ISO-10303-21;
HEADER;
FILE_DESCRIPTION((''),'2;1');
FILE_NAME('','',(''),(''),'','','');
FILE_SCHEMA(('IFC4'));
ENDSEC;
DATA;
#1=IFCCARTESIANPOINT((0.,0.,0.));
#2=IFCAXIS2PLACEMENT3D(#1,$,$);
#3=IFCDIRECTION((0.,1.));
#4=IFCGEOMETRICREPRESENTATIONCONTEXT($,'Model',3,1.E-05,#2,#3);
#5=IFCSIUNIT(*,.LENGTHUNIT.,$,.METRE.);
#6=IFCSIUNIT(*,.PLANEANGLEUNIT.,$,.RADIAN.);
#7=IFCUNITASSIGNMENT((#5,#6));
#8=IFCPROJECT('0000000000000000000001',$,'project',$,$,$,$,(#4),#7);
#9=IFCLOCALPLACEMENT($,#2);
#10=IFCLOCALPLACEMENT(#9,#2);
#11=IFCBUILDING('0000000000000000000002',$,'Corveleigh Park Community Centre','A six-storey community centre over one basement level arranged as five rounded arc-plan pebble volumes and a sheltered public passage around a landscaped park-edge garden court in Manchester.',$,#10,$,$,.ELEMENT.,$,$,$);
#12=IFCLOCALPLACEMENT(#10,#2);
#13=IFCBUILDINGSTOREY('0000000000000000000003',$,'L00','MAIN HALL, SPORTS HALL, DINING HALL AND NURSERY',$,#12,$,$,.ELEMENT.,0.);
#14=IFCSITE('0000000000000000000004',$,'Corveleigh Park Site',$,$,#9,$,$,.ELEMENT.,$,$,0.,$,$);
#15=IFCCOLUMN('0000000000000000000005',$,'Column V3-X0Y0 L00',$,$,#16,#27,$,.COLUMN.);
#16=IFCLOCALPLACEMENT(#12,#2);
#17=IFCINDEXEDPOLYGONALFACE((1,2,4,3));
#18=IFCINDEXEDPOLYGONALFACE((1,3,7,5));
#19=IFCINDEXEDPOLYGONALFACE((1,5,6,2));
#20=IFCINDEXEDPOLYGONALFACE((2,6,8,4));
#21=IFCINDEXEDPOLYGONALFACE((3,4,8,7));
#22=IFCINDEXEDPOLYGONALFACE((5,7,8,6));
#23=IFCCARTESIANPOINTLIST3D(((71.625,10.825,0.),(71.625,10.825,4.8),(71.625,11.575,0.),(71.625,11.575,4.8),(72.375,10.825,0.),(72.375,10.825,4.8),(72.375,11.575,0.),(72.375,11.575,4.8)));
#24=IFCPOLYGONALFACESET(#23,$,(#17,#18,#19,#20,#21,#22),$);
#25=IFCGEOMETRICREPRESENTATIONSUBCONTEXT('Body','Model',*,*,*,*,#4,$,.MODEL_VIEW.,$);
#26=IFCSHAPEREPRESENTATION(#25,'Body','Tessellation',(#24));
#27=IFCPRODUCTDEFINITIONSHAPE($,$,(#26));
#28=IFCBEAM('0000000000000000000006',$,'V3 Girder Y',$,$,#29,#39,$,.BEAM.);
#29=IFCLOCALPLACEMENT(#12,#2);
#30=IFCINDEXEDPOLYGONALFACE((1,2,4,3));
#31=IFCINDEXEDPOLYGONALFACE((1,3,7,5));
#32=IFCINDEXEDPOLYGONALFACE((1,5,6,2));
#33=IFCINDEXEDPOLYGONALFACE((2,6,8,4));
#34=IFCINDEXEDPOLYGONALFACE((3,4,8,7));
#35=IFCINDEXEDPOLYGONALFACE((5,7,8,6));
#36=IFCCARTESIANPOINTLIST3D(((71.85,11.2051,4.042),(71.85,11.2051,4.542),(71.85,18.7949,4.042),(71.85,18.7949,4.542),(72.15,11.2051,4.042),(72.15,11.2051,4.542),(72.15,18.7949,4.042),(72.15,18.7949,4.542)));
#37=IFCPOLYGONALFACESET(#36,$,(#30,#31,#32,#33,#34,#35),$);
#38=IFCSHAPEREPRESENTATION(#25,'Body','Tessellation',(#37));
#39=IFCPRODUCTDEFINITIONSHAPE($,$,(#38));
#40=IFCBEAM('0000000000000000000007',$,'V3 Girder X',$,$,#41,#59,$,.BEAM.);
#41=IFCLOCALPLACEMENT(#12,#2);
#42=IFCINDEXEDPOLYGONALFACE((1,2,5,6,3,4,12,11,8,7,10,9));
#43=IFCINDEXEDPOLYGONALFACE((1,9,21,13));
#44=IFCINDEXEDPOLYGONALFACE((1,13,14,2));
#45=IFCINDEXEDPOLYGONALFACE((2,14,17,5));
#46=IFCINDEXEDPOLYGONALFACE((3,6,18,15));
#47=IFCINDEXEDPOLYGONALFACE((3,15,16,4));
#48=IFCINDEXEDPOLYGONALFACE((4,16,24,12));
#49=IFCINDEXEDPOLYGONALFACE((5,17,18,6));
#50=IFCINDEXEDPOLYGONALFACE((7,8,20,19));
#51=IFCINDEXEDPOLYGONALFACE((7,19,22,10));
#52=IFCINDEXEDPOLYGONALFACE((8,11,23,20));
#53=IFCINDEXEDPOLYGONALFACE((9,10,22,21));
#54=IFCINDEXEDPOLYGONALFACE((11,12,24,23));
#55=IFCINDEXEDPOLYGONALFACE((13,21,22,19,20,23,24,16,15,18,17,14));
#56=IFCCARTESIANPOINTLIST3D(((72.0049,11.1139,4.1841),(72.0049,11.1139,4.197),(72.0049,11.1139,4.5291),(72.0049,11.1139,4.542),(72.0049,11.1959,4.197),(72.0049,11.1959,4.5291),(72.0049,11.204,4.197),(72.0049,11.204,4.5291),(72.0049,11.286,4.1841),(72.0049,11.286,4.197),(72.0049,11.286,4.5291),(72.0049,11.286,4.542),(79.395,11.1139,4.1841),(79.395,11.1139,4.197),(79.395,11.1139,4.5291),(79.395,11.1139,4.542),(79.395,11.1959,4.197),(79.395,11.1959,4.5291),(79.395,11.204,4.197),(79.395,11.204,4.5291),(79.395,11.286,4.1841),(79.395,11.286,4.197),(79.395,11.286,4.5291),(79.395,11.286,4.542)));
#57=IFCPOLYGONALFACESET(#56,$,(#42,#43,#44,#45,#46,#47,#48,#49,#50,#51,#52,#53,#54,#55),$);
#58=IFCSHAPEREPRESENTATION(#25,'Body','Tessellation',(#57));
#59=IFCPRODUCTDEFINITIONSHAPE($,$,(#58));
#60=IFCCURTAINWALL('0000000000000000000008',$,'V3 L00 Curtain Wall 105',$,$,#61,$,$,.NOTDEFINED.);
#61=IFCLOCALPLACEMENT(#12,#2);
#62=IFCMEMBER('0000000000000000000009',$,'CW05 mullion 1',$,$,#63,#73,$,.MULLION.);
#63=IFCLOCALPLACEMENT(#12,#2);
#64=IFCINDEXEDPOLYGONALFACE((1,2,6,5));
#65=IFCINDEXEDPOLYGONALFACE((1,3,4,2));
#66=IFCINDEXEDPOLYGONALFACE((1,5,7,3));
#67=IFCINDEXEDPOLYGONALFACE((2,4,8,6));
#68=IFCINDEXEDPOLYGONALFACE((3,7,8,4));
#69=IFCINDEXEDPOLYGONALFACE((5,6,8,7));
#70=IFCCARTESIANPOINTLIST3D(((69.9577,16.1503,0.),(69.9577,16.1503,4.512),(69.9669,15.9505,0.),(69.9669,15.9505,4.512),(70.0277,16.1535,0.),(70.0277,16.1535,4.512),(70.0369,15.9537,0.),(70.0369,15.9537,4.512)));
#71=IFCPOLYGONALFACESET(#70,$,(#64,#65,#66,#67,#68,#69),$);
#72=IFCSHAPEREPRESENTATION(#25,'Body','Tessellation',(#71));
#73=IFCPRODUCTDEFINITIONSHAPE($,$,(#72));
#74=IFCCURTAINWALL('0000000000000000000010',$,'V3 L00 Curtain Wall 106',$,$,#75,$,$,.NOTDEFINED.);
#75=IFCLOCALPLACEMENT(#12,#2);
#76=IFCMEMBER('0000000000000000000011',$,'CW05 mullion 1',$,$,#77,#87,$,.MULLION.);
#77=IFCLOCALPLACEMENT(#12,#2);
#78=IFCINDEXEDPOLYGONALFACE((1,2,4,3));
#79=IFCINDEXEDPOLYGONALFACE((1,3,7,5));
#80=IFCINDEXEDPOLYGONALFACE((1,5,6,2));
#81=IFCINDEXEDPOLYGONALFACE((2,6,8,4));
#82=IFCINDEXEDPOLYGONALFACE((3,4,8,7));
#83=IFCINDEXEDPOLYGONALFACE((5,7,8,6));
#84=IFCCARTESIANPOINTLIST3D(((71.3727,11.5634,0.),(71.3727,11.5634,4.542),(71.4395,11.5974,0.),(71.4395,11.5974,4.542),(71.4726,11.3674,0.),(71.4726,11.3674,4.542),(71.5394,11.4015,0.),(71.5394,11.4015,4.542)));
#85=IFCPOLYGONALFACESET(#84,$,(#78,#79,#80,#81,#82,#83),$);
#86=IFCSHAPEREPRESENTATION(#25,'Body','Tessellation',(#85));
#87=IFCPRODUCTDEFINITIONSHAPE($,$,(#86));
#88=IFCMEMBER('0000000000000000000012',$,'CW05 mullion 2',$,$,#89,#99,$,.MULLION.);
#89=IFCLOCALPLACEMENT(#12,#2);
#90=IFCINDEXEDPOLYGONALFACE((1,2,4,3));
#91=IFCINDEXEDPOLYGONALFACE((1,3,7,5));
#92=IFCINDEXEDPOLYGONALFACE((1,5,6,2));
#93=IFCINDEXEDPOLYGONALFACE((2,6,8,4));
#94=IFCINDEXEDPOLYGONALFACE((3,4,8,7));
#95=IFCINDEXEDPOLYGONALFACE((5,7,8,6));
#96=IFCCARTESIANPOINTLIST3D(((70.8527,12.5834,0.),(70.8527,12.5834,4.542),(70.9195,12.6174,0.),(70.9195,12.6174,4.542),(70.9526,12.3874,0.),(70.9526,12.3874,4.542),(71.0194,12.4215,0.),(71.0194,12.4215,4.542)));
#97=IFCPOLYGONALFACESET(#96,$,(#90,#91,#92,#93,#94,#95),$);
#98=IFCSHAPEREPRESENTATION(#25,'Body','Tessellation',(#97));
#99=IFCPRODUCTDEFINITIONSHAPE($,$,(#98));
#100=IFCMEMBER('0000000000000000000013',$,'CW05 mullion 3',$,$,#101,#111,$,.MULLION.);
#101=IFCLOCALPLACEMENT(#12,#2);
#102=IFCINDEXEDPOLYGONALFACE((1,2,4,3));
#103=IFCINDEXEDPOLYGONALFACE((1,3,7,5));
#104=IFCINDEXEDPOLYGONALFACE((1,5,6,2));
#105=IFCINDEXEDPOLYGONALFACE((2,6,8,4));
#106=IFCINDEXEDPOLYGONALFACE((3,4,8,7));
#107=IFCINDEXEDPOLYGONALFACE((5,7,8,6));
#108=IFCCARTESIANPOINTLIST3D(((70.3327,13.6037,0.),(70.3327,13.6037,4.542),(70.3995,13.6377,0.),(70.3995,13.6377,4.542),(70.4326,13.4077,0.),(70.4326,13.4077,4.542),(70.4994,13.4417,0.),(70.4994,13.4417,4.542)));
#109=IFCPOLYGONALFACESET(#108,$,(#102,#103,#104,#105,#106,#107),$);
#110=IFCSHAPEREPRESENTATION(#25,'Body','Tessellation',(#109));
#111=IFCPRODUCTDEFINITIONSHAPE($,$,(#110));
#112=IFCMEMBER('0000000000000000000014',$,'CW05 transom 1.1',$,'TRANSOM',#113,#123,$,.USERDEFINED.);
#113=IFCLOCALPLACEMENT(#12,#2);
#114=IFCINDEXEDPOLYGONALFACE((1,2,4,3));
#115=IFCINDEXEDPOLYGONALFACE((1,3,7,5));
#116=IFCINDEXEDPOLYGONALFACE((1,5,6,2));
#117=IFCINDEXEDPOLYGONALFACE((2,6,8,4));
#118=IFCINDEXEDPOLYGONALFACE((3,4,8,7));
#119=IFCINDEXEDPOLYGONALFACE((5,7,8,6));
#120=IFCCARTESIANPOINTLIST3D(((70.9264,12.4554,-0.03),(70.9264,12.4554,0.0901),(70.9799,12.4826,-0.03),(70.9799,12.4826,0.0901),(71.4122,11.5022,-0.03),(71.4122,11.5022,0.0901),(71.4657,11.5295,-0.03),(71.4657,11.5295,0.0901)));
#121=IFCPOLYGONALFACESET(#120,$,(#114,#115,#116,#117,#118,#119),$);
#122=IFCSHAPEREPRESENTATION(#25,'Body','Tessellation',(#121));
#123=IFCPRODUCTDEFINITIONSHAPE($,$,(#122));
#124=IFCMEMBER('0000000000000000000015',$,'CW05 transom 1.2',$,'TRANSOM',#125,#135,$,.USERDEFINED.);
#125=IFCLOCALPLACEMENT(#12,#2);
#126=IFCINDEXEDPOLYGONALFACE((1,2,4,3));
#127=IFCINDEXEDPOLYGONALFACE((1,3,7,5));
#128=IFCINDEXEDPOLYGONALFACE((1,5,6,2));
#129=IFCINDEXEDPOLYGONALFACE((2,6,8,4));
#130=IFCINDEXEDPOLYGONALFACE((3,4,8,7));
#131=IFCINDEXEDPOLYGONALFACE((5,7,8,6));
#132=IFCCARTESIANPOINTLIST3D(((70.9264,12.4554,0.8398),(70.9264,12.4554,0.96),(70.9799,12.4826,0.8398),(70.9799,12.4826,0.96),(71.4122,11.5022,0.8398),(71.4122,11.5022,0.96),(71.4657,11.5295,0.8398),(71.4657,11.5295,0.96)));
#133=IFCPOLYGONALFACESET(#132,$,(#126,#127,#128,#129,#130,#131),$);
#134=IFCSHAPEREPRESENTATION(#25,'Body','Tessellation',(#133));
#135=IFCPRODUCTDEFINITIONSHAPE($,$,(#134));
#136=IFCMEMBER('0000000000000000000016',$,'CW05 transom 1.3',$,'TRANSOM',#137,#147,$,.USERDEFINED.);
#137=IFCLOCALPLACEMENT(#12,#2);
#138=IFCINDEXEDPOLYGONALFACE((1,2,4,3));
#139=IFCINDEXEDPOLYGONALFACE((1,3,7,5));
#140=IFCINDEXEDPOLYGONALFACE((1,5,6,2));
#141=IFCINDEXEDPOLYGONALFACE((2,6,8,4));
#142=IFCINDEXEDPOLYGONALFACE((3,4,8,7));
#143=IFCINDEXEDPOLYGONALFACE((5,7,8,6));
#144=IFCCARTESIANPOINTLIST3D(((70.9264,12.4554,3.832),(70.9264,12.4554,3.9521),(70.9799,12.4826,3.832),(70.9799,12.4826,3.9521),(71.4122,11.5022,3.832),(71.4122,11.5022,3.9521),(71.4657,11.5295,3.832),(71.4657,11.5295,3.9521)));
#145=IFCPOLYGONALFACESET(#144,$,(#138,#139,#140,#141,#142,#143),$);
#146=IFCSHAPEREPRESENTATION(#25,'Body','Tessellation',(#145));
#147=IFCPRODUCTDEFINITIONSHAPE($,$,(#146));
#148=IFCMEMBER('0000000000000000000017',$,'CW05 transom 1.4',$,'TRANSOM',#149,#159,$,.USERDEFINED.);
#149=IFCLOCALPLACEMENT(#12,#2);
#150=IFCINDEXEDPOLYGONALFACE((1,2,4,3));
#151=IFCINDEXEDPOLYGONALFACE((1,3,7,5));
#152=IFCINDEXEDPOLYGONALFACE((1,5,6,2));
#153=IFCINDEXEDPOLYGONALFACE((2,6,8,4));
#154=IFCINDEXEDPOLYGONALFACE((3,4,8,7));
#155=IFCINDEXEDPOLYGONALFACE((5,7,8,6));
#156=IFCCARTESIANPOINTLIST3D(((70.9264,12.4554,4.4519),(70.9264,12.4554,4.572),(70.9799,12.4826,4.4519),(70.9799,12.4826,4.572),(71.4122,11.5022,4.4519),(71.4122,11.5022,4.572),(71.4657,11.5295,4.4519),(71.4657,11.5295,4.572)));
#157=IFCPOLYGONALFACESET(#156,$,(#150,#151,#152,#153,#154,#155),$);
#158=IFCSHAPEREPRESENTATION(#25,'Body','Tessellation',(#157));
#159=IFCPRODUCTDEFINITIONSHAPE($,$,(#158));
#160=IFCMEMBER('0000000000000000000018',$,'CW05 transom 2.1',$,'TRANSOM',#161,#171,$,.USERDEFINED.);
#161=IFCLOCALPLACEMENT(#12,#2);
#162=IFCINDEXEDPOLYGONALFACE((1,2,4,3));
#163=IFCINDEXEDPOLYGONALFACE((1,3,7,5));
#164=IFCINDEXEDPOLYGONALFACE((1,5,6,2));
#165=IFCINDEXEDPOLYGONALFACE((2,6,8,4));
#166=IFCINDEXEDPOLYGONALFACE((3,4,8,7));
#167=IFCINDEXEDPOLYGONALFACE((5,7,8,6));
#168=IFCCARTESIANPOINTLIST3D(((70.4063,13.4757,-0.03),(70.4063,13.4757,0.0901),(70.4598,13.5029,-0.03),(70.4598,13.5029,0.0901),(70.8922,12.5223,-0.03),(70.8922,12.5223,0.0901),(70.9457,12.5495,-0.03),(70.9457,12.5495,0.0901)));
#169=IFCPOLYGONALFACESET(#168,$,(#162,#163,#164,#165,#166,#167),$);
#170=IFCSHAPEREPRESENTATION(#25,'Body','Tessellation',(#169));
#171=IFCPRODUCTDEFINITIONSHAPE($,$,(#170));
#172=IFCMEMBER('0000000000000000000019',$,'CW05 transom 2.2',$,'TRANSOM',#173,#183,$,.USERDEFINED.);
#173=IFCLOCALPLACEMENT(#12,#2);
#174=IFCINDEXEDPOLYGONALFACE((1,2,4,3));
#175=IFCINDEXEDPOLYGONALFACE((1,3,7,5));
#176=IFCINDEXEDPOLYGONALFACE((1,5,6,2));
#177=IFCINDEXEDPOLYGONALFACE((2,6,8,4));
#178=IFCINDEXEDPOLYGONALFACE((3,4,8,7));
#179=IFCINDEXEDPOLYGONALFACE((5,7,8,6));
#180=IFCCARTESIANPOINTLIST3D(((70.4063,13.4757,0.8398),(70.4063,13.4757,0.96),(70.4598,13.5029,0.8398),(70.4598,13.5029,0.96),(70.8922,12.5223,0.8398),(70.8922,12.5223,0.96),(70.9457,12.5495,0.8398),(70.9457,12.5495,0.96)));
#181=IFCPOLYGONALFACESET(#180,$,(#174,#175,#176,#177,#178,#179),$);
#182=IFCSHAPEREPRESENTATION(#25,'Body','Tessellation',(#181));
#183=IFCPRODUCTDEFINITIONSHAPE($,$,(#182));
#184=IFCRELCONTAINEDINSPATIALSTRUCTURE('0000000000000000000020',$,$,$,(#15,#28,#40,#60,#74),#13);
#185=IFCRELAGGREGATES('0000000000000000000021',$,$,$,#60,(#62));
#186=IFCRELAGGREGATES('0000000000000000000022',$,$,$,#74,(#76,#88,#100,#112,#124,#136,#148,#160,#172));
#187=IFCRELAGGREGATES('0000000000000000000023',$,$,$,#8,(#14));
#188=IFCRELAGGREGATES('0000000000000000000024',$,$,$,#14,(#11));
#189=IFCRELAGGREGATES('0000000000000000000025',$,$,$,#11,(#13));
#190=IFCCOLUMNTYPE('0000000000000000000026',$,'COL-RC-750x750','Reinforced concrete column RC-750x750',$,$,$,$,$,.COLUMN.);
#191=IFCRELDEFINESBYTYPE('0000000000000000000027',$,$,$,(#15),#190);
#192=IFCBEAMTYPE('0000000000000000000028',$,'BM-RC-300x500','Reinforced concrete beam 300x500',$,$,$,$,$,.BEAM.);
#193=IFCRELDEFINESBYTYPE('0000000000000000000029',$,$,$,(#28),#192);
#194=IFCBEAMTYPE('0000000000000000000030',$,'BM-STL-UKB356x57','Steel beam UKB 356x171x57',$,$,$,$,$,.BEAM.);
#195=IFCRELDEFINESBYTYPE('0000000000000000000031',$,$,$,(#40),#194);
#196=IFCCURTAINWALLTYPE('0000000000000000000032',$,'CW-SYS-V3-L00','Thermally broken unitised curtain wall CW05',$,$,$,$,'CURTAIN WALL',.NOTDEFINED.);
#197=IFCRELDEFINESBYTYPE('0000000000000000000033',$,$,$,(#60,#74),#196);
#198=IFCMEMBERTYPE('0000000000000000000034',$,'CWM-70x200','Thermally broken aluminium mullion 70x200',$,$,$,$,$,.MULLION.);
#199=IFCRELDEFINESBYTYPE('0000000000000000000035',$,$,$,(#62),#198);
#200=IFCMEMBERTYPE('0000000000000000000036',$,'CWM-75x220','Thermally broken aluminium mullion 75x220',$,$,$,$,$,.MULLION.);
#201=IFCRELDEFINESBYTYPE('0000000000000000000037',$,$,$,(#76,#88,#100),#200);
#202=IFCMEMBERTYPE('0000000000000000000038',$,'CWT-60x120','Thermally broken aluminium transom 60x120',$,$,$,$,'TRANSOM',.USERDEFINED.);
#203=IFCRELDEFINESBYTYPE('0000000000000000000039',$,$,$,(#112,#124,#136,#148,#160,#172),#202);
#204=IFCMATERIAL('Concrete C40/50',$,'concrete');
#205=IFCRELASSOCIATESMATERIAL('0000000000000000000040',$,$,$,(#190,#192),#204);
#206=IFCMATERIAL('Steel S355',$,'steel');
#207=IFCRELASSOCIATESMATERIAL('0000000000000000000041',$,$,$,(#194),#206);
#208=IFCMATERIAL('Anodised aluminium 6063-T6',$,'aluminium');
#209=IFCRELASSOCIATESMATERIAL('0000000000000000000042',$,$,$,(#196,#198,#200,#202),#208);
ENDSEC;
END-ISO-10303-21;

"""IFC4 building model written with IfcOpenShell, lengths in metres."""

from ifc_helpers import new_model, si_unit, direction, frame, origin, origin_2d, place, context, subcontext, project, spatial, rectangle, i_section, extrude, material, material_profile, profile_set, type_object, element, aggregate, save


model = new_model("IFC4")

# Units and contexts
model_context = context("Model", 3, precision=1e-05, world=origin(), true_north=direction((0.0, 1.0)))
body_context = subcontext(model_context, "Body", "Model", "MODEL_VIEW")
ifc_project = project(units=[si_unit("LENGTHUNIT", "METRE"), si_unit("PLANEANGLEUNIT", "RADIAN")], contexts=[model_context])

# Site, building, storey
site_placement = place(None, origin())
site = spatial("IfcSite", under=ifc_project, at=site_placement, Name="Corveleigh Park Site", CompositionType="ELEMENT", RefElevation=0.0)
building_placement = place(site_placement, origin())
building = spatial("IfcBuilding", under=site, at=building_placement, Name="Corveleigh Park Community Centre", Description="A six-storey community centre over one basement level arranged as five rounded arc-plan pebble volumes and a sheltered public passage around a landscaped park-edge garden court in Manchester.", CompositionType="ELEMENT")
storey_placement = place(building_placement, origin())
storey = spatial("IfcBuildingStorey", under=building, at=storey_placement, Name="L00", Description="MAIN HALL, SPORTS HALL, DINING HALL AND NURSERY", CompositionType="ELEMENT", Elevation=0.0)

# Column
ifc_material_1 = material(Name="Concrete C40/50", Category="concrete")
ifc_material_profile_1 = material_profile(ifc_material_1, rectangle(XDim=0.75, YDim=0.75, at=origin_2d()), Name="RC-750x750", Category="concrete")
ifc_profile_set_1 = profile_set([ifc_material_profile_1], Name="Concrete C40/50")
column_type = type_object("IfcColumnType", Name="COL-RC-750x750", Description="Reinforced concrete column RC-750x750", PredefinedType="COLUMN", material=ifc_profile_set_1)
column_placement = place(storey_placement, frame((72.0, 11.2, 0.0), z_axis=(0.0, 0.0, 1.0), x_axis=(1.0, 0.0, 0.0)))
element("IfcColumn", 1, at=column_placement, inside=storey, type_object=column_type, Name="Column V3-X0Y0 L00", PredefinedType="COLUMN", context=body_context, shape_type="SweptSolid", body=[
    extrude(rectangle(XDim=0.75, YDim=0.75, at=origin_2d()), origin(), (0.0, 0.0, 1.0), 4.8),
])

# Beams
ifc_material_profile_2 = material_profile(ifc_material_1, rectangle(XDim=0.3, YDim=0.5, at=origin_2d()), Name="RC-300x500", Category="concrete")
ifc_profile_set_2 = profile_set([ifc_material_profile_2], Name="Concrete C40/50")
beam_type_1 = type_object("IfcBeamType", Name="BM-RC-300x500", Description="Reinforced concrete beam 300x500", PredefinedType="BEAM", material=ifc_profile_set_2)
beam_1_placement = place(storey_placement, frame((72.0, 11.2051, 4.292), z_axis=(0.0, 1.0, 0.0), x_axis=(-1.0, 0.0, 0.0)))
element("IfcBeam", 2, at=beam_1_placement, inside=storey, type_object=beam_type_1, Name="V3 Girder Y", PredefinedType="BEAM", context=body_context, shape_type="SweptSolid", body=[
    extrude(rectangle(XDim=0.3, YDim=0.5, at=origin_2d()), origin(), (0.0, 0.0, 1.0), 7.5898),
])
ifc_material_2 = material(Name="Steel S355", Category="steel")
ifc_material_profile_3 = material_profile(ifc_material_2, i_section(OverallWidth=0.1721, OverallDepth=0.3579, WebThickness=0.0081, FlangeThickness=0.0129, at=origin_2d()), Name="UKB 356x171x57", Category="steel")
ifc_profile_set_3 = profile_set([ifc_material_profile_3], Name="Steel S355")
beam_type_2 = type_object("IfcBeamType", Name="BM-STL-UKB356x57", Description="Steel beam UKB 356x171x57", PredefinedType="BEAM", material=ifc_profile_set_3)
beam_2_placement = place(storey_placement, frame((72.0049, 11.2, 4.363), z_axis=(1.0, 0.0, 0.0), x_axis=(0.0, 1.0, 0.0)))
element("IfcBeam", 3, at=beam_2_placement, inside=storey, type_object=beam_type_2, Name="V3 Girder X", PredefinedType="BEAM", context=body_context, shape_type="SweptSolid", body=[
    extrude(i_section(OverallWidth=0.1721, OverallDepth=0.3579, WebThickness=0.0081, FlangeThickness=0.0129, at=origin_2d()), origin(), (0.0, 0.0, 1.0), 7.3901),
])

# Curtain wall, member
ifc_material_3 = material(Name="Anodised aluminium 6063-T6", Category="aluminium")
curtain_wall_type = type_object("IfcCurtainWallType", Name="CW-SYS-V3-L00", Description="Thermally broken unitised curtain wall CW05", ElementType="CURTAIN WALL", PredefinedType="NOTDEFINED", material=ifc_material_3)
curtain_wall_1_placement = place(storey_placement, origin())
curtain_wall_1 = element("IfcCurtainWall", 4, at=curtain_wall_1_placement, inside=storey, type_object=curtain_wall_type, Name="V3 L00 Curtain Wall 105", PredefinedType="NOTDEFINED")
ifc_material_profile_4 = material_profile(ifc_material_3, rectangle(XDim=0.0701, YDim=0.2, at=origin_2d()), Name="ALU-M70x200", Category="aluminium")
ifc_profile_set_4 = profile_set([ifc_material_profile_4], Name="Anodised aluminium 6063-T6")
member_type_1 = type_object("IfcMemberType", Name="CWM-70x200", Description="Thermally broken aluminium mullion 70x200", PredefinedType="MULLION", material=ifc_profile_set_4)
member_1_placement = place(storey_placement, frame((69.9973, 16.052, 0.0), z_axis=(0.0, 0.0, 1.0), x_axis=(-0.998943, -0.045971, 0.0)))
member_1 = element("IfcMember", 5, at=member_1_placement, type_object=member_type_1, Name="CW05 mullion 1", PredefinedType="MULLION", context=body_context, shape_type="SweptSolid", body=[
    extrude(rectangle(XDim=0.0701, YDim=0.2, at=origin_2d()), origin(), (0.0, 0.0, 1.0), 4.512),
])

# Curtain wall, members
curtain_wall_2_placement = place(storey_placement, origin())
curtain_wall_2 = element("IfcCurtainWall", 6, at=curtain_wall_2_placement, inside=storey, type_object=curtain_wall_type, Name="V3 L00 Curtain Wall 106", PredefinedType="NOTDEFINED")
ifc_material_profile_5 = material_profile(ifc_material_3, rectangle(XDim=0.075, YDim=0.22, at=origin_2d()), Name="ALU-M75x220", Category="aluminium")
ifc_profile_set_5 = profile_set([ifc_material_profile_5], Name="Anodised aluminium 6063-T6")
member_type_2 = type_object("IfcMemberType", Name="CWM-75x220", Description="Thermally broken aluminium mullion 75x220", PredefinedType="MULLION", material=ifc_profile_set_5)
member_2_placement = place(storey_placement, frame((71.4561, 11.4824, 0.0), z_axis=(0.0, 0.0, 1.0), x_axis=(-0.890933, -0.454135, 0.0)))
member_2 = element("IfcMember", 7, at=member_2_placement, type_object=member_type_2, Name="CW05 mullion 1", PredefinedType="MULLION", context=body_context, shape_type="SweptSolid", body=[
    extrude(rectangle(XDim=0.075, YDim=0.22, at=origin_2d()), origin(), (0.0, 0.0, 1.0), 4.542),
])
member_3_placement = place(storey_placement, frame((70.936, 12.5024, 0.0), z_axis=(0.0, 0.0, 1.0), x_axis=(-0.890933, -0.454135, 0.0)))
member_3 = element("IfcMember", 8, at=member_3_placement, type_object=member_type_2, Name="CW05 mullion 2", PredefinedType="MULLION", context=body_context, shape_type="SweptSolid", body=[
    extrude(rectangle(XDim=0.075, YDim=0.22, at=origin_2d()), origin(), (0.0, 0.0, 1.0), 4.542),
])
member_4_placement = place(storey_placement, frame((70.416, 13.5227, 0.0), z_axis=(0.0, 0.0, 1.0), x_axis=(-0.890933, -0.454135, 0.0)))
member_4 = element("IfcMember", 9, at=member_4_placement, type_object=member_type_2, Name="CW05 mullion 3", PredefinedType="MULLION", context=body_context, shape_type="SweptSolid", body=[
    extrude(rectangle(XDim=0.075, YDim=0.22, at=origin_2d()), origin(), (0.0, 0.0, 1.0), 4.542),
])
ifc_material_profile_6 = material_profile(ifc_material_3, rectangle(XDim=0.0601, YDim=0.1201, at=origin_2d()), Name="ALU-T60x120", Category="aluminium")
ifc_profile_set_6 = profile_set([ifc_material_profile_6], Name="Anodised aluminium 6063-T6")
member_type_3 = type_object("IfcMemberType", Name="CWT-60x120", Description="Thermally broken aluminium transom 60x120", ElementType="TRANSOM", PredefinedType="USERDEFINED", material=ifc_profile_set_6)
member_5_placement = place(storey_placement, frame((71.439, 11.5159, 0.03), z_axis=(-0.454138, 0.890931, 0.0), x_axis=(-0.890931, -0.454138, 0.0)))
member_5 = element("IfcMember", 10, at=member_5_placement, type_object=member_type_3, Name="CW05 transom 1.1", ObjectType="TRANSOM", PredefinedType="USERDEFINED", context=body_context, shape_type="SweptSolid", body=[
    extrude(rectangle(XDim=0.0601, YDim=0.1201, at=origin_2d()), origin(), (0.0, 0.0, 1.0), 1.0698),
])
member_6_placement = place(storey_placement, frame((71.439, 11.5159, 0.8999), z_axis=(-0.454138, 0.890931, 0.0), x_axis=(-0.890931, -0.454138, 0.0)))
member_6 = element("IfcMember", 11, at=member_6_placement, type_object=member_type_3, Name="CW05 transom 1.2", ObjectType="TRANSOM", PredefinedType="USERDEFINED", context=body_context, shape_type="SweptSolid", body=[
    extrude(rectangle(XDim=0.0601, YDim=0.1201, at=origin_2d()), origin(), (0.0, 0.0, 1.0), 1.0698),
])
member_7_placement = place(storey_placement, frame((71.439, 11.5159, 3.8921), z_axis=(-0.454138, 0.890931, 0.0), x_axis=(-0.890931, -0.454138, 0.0)))
member_7 = element("IfcMember", 12, at=member_7_placement, type_object=member_type_3, Name="CW05 transom 1.3", ObjectType="TRANSOM", PredefinedType="USERDEFINED", context=body_context, shape_type="SweptSolid", body=[
    extrude(rectangle(XDim=0.0601, YDim=0.1201, at=origin_2d()), origin(), (0.0, 0.0, 1.0), 1.0698),
])
member_8_placement = place(storey_placement, frame((71.439, 11.5159, 4.512), z_axis=(-0.454138, 0.890931, 0.0), x_axis=(-0.890931, -0.454138, 0.0)))
member_8 = element("IfcMember", 13, at=member_8_placement, type_object=member_type_3, Name="CW05 transom 1.4", ObjectType="TRANSOM", PredefinedType="USERDEFINED", context=body_context, shape_type="SweptSolid", body=[
    extrude(rectangle(XDim=0.0601, YDim=0.1201, at=origin_2d()), origin(), (0.0, 0.0, 1.0), 1.0698),
])
member_9_placement = place(storey_placement, frame((70.9189, 12.5359, 0.03), z_axis=(-0.454045, 0.890979, 0.0), x_axis=(-0.890979, -0.454045, 0.0)))
member_9 = element("IfcMember", 14, at=member_9_placement, type_object=member_type_3, Name="CW05 transom 2.1", ObjectType="TRANSOM", PredefinedType="USERDEFINED", context=body_context, shape_type="SweptSolid", body=[
    extrude(rectangle(XDim=0.0601, YDim=0.1201, at=origin_2d()), origin(), (0.0, 0.0, 1.0), 1.0701),
])
member_10_placement = place(storey_placement, frame((70.9189, 12.5359, 0.8999), z_axis=(-0.454045, 0.890979, 0.0), x_axis=(-0.890979, -0.454045, 0.0)))
member_10 = element("IfcMember", 15, at=member_10_placement, type_object=member_type_3, Name="CW05 transom 2.2", ObjectType="TRANSOM", PredefinedType="USERDEFINED", context=body_context, shape_type="SweptSolid", body=[
    extrude(rectangle(XDim=0.0601, YDim=0.1201, at=origin_2d()), origin(), (0.0, 0.0, 1.0), 1.0701),
])

aggregate(curtain_wall_1, [member_1])
aggregate(curtain_wall_2, [member_2, member_3, member_4, member_5, member_6, member_7, member_8, member_9, member_10])

save(model, "model.ifc")
